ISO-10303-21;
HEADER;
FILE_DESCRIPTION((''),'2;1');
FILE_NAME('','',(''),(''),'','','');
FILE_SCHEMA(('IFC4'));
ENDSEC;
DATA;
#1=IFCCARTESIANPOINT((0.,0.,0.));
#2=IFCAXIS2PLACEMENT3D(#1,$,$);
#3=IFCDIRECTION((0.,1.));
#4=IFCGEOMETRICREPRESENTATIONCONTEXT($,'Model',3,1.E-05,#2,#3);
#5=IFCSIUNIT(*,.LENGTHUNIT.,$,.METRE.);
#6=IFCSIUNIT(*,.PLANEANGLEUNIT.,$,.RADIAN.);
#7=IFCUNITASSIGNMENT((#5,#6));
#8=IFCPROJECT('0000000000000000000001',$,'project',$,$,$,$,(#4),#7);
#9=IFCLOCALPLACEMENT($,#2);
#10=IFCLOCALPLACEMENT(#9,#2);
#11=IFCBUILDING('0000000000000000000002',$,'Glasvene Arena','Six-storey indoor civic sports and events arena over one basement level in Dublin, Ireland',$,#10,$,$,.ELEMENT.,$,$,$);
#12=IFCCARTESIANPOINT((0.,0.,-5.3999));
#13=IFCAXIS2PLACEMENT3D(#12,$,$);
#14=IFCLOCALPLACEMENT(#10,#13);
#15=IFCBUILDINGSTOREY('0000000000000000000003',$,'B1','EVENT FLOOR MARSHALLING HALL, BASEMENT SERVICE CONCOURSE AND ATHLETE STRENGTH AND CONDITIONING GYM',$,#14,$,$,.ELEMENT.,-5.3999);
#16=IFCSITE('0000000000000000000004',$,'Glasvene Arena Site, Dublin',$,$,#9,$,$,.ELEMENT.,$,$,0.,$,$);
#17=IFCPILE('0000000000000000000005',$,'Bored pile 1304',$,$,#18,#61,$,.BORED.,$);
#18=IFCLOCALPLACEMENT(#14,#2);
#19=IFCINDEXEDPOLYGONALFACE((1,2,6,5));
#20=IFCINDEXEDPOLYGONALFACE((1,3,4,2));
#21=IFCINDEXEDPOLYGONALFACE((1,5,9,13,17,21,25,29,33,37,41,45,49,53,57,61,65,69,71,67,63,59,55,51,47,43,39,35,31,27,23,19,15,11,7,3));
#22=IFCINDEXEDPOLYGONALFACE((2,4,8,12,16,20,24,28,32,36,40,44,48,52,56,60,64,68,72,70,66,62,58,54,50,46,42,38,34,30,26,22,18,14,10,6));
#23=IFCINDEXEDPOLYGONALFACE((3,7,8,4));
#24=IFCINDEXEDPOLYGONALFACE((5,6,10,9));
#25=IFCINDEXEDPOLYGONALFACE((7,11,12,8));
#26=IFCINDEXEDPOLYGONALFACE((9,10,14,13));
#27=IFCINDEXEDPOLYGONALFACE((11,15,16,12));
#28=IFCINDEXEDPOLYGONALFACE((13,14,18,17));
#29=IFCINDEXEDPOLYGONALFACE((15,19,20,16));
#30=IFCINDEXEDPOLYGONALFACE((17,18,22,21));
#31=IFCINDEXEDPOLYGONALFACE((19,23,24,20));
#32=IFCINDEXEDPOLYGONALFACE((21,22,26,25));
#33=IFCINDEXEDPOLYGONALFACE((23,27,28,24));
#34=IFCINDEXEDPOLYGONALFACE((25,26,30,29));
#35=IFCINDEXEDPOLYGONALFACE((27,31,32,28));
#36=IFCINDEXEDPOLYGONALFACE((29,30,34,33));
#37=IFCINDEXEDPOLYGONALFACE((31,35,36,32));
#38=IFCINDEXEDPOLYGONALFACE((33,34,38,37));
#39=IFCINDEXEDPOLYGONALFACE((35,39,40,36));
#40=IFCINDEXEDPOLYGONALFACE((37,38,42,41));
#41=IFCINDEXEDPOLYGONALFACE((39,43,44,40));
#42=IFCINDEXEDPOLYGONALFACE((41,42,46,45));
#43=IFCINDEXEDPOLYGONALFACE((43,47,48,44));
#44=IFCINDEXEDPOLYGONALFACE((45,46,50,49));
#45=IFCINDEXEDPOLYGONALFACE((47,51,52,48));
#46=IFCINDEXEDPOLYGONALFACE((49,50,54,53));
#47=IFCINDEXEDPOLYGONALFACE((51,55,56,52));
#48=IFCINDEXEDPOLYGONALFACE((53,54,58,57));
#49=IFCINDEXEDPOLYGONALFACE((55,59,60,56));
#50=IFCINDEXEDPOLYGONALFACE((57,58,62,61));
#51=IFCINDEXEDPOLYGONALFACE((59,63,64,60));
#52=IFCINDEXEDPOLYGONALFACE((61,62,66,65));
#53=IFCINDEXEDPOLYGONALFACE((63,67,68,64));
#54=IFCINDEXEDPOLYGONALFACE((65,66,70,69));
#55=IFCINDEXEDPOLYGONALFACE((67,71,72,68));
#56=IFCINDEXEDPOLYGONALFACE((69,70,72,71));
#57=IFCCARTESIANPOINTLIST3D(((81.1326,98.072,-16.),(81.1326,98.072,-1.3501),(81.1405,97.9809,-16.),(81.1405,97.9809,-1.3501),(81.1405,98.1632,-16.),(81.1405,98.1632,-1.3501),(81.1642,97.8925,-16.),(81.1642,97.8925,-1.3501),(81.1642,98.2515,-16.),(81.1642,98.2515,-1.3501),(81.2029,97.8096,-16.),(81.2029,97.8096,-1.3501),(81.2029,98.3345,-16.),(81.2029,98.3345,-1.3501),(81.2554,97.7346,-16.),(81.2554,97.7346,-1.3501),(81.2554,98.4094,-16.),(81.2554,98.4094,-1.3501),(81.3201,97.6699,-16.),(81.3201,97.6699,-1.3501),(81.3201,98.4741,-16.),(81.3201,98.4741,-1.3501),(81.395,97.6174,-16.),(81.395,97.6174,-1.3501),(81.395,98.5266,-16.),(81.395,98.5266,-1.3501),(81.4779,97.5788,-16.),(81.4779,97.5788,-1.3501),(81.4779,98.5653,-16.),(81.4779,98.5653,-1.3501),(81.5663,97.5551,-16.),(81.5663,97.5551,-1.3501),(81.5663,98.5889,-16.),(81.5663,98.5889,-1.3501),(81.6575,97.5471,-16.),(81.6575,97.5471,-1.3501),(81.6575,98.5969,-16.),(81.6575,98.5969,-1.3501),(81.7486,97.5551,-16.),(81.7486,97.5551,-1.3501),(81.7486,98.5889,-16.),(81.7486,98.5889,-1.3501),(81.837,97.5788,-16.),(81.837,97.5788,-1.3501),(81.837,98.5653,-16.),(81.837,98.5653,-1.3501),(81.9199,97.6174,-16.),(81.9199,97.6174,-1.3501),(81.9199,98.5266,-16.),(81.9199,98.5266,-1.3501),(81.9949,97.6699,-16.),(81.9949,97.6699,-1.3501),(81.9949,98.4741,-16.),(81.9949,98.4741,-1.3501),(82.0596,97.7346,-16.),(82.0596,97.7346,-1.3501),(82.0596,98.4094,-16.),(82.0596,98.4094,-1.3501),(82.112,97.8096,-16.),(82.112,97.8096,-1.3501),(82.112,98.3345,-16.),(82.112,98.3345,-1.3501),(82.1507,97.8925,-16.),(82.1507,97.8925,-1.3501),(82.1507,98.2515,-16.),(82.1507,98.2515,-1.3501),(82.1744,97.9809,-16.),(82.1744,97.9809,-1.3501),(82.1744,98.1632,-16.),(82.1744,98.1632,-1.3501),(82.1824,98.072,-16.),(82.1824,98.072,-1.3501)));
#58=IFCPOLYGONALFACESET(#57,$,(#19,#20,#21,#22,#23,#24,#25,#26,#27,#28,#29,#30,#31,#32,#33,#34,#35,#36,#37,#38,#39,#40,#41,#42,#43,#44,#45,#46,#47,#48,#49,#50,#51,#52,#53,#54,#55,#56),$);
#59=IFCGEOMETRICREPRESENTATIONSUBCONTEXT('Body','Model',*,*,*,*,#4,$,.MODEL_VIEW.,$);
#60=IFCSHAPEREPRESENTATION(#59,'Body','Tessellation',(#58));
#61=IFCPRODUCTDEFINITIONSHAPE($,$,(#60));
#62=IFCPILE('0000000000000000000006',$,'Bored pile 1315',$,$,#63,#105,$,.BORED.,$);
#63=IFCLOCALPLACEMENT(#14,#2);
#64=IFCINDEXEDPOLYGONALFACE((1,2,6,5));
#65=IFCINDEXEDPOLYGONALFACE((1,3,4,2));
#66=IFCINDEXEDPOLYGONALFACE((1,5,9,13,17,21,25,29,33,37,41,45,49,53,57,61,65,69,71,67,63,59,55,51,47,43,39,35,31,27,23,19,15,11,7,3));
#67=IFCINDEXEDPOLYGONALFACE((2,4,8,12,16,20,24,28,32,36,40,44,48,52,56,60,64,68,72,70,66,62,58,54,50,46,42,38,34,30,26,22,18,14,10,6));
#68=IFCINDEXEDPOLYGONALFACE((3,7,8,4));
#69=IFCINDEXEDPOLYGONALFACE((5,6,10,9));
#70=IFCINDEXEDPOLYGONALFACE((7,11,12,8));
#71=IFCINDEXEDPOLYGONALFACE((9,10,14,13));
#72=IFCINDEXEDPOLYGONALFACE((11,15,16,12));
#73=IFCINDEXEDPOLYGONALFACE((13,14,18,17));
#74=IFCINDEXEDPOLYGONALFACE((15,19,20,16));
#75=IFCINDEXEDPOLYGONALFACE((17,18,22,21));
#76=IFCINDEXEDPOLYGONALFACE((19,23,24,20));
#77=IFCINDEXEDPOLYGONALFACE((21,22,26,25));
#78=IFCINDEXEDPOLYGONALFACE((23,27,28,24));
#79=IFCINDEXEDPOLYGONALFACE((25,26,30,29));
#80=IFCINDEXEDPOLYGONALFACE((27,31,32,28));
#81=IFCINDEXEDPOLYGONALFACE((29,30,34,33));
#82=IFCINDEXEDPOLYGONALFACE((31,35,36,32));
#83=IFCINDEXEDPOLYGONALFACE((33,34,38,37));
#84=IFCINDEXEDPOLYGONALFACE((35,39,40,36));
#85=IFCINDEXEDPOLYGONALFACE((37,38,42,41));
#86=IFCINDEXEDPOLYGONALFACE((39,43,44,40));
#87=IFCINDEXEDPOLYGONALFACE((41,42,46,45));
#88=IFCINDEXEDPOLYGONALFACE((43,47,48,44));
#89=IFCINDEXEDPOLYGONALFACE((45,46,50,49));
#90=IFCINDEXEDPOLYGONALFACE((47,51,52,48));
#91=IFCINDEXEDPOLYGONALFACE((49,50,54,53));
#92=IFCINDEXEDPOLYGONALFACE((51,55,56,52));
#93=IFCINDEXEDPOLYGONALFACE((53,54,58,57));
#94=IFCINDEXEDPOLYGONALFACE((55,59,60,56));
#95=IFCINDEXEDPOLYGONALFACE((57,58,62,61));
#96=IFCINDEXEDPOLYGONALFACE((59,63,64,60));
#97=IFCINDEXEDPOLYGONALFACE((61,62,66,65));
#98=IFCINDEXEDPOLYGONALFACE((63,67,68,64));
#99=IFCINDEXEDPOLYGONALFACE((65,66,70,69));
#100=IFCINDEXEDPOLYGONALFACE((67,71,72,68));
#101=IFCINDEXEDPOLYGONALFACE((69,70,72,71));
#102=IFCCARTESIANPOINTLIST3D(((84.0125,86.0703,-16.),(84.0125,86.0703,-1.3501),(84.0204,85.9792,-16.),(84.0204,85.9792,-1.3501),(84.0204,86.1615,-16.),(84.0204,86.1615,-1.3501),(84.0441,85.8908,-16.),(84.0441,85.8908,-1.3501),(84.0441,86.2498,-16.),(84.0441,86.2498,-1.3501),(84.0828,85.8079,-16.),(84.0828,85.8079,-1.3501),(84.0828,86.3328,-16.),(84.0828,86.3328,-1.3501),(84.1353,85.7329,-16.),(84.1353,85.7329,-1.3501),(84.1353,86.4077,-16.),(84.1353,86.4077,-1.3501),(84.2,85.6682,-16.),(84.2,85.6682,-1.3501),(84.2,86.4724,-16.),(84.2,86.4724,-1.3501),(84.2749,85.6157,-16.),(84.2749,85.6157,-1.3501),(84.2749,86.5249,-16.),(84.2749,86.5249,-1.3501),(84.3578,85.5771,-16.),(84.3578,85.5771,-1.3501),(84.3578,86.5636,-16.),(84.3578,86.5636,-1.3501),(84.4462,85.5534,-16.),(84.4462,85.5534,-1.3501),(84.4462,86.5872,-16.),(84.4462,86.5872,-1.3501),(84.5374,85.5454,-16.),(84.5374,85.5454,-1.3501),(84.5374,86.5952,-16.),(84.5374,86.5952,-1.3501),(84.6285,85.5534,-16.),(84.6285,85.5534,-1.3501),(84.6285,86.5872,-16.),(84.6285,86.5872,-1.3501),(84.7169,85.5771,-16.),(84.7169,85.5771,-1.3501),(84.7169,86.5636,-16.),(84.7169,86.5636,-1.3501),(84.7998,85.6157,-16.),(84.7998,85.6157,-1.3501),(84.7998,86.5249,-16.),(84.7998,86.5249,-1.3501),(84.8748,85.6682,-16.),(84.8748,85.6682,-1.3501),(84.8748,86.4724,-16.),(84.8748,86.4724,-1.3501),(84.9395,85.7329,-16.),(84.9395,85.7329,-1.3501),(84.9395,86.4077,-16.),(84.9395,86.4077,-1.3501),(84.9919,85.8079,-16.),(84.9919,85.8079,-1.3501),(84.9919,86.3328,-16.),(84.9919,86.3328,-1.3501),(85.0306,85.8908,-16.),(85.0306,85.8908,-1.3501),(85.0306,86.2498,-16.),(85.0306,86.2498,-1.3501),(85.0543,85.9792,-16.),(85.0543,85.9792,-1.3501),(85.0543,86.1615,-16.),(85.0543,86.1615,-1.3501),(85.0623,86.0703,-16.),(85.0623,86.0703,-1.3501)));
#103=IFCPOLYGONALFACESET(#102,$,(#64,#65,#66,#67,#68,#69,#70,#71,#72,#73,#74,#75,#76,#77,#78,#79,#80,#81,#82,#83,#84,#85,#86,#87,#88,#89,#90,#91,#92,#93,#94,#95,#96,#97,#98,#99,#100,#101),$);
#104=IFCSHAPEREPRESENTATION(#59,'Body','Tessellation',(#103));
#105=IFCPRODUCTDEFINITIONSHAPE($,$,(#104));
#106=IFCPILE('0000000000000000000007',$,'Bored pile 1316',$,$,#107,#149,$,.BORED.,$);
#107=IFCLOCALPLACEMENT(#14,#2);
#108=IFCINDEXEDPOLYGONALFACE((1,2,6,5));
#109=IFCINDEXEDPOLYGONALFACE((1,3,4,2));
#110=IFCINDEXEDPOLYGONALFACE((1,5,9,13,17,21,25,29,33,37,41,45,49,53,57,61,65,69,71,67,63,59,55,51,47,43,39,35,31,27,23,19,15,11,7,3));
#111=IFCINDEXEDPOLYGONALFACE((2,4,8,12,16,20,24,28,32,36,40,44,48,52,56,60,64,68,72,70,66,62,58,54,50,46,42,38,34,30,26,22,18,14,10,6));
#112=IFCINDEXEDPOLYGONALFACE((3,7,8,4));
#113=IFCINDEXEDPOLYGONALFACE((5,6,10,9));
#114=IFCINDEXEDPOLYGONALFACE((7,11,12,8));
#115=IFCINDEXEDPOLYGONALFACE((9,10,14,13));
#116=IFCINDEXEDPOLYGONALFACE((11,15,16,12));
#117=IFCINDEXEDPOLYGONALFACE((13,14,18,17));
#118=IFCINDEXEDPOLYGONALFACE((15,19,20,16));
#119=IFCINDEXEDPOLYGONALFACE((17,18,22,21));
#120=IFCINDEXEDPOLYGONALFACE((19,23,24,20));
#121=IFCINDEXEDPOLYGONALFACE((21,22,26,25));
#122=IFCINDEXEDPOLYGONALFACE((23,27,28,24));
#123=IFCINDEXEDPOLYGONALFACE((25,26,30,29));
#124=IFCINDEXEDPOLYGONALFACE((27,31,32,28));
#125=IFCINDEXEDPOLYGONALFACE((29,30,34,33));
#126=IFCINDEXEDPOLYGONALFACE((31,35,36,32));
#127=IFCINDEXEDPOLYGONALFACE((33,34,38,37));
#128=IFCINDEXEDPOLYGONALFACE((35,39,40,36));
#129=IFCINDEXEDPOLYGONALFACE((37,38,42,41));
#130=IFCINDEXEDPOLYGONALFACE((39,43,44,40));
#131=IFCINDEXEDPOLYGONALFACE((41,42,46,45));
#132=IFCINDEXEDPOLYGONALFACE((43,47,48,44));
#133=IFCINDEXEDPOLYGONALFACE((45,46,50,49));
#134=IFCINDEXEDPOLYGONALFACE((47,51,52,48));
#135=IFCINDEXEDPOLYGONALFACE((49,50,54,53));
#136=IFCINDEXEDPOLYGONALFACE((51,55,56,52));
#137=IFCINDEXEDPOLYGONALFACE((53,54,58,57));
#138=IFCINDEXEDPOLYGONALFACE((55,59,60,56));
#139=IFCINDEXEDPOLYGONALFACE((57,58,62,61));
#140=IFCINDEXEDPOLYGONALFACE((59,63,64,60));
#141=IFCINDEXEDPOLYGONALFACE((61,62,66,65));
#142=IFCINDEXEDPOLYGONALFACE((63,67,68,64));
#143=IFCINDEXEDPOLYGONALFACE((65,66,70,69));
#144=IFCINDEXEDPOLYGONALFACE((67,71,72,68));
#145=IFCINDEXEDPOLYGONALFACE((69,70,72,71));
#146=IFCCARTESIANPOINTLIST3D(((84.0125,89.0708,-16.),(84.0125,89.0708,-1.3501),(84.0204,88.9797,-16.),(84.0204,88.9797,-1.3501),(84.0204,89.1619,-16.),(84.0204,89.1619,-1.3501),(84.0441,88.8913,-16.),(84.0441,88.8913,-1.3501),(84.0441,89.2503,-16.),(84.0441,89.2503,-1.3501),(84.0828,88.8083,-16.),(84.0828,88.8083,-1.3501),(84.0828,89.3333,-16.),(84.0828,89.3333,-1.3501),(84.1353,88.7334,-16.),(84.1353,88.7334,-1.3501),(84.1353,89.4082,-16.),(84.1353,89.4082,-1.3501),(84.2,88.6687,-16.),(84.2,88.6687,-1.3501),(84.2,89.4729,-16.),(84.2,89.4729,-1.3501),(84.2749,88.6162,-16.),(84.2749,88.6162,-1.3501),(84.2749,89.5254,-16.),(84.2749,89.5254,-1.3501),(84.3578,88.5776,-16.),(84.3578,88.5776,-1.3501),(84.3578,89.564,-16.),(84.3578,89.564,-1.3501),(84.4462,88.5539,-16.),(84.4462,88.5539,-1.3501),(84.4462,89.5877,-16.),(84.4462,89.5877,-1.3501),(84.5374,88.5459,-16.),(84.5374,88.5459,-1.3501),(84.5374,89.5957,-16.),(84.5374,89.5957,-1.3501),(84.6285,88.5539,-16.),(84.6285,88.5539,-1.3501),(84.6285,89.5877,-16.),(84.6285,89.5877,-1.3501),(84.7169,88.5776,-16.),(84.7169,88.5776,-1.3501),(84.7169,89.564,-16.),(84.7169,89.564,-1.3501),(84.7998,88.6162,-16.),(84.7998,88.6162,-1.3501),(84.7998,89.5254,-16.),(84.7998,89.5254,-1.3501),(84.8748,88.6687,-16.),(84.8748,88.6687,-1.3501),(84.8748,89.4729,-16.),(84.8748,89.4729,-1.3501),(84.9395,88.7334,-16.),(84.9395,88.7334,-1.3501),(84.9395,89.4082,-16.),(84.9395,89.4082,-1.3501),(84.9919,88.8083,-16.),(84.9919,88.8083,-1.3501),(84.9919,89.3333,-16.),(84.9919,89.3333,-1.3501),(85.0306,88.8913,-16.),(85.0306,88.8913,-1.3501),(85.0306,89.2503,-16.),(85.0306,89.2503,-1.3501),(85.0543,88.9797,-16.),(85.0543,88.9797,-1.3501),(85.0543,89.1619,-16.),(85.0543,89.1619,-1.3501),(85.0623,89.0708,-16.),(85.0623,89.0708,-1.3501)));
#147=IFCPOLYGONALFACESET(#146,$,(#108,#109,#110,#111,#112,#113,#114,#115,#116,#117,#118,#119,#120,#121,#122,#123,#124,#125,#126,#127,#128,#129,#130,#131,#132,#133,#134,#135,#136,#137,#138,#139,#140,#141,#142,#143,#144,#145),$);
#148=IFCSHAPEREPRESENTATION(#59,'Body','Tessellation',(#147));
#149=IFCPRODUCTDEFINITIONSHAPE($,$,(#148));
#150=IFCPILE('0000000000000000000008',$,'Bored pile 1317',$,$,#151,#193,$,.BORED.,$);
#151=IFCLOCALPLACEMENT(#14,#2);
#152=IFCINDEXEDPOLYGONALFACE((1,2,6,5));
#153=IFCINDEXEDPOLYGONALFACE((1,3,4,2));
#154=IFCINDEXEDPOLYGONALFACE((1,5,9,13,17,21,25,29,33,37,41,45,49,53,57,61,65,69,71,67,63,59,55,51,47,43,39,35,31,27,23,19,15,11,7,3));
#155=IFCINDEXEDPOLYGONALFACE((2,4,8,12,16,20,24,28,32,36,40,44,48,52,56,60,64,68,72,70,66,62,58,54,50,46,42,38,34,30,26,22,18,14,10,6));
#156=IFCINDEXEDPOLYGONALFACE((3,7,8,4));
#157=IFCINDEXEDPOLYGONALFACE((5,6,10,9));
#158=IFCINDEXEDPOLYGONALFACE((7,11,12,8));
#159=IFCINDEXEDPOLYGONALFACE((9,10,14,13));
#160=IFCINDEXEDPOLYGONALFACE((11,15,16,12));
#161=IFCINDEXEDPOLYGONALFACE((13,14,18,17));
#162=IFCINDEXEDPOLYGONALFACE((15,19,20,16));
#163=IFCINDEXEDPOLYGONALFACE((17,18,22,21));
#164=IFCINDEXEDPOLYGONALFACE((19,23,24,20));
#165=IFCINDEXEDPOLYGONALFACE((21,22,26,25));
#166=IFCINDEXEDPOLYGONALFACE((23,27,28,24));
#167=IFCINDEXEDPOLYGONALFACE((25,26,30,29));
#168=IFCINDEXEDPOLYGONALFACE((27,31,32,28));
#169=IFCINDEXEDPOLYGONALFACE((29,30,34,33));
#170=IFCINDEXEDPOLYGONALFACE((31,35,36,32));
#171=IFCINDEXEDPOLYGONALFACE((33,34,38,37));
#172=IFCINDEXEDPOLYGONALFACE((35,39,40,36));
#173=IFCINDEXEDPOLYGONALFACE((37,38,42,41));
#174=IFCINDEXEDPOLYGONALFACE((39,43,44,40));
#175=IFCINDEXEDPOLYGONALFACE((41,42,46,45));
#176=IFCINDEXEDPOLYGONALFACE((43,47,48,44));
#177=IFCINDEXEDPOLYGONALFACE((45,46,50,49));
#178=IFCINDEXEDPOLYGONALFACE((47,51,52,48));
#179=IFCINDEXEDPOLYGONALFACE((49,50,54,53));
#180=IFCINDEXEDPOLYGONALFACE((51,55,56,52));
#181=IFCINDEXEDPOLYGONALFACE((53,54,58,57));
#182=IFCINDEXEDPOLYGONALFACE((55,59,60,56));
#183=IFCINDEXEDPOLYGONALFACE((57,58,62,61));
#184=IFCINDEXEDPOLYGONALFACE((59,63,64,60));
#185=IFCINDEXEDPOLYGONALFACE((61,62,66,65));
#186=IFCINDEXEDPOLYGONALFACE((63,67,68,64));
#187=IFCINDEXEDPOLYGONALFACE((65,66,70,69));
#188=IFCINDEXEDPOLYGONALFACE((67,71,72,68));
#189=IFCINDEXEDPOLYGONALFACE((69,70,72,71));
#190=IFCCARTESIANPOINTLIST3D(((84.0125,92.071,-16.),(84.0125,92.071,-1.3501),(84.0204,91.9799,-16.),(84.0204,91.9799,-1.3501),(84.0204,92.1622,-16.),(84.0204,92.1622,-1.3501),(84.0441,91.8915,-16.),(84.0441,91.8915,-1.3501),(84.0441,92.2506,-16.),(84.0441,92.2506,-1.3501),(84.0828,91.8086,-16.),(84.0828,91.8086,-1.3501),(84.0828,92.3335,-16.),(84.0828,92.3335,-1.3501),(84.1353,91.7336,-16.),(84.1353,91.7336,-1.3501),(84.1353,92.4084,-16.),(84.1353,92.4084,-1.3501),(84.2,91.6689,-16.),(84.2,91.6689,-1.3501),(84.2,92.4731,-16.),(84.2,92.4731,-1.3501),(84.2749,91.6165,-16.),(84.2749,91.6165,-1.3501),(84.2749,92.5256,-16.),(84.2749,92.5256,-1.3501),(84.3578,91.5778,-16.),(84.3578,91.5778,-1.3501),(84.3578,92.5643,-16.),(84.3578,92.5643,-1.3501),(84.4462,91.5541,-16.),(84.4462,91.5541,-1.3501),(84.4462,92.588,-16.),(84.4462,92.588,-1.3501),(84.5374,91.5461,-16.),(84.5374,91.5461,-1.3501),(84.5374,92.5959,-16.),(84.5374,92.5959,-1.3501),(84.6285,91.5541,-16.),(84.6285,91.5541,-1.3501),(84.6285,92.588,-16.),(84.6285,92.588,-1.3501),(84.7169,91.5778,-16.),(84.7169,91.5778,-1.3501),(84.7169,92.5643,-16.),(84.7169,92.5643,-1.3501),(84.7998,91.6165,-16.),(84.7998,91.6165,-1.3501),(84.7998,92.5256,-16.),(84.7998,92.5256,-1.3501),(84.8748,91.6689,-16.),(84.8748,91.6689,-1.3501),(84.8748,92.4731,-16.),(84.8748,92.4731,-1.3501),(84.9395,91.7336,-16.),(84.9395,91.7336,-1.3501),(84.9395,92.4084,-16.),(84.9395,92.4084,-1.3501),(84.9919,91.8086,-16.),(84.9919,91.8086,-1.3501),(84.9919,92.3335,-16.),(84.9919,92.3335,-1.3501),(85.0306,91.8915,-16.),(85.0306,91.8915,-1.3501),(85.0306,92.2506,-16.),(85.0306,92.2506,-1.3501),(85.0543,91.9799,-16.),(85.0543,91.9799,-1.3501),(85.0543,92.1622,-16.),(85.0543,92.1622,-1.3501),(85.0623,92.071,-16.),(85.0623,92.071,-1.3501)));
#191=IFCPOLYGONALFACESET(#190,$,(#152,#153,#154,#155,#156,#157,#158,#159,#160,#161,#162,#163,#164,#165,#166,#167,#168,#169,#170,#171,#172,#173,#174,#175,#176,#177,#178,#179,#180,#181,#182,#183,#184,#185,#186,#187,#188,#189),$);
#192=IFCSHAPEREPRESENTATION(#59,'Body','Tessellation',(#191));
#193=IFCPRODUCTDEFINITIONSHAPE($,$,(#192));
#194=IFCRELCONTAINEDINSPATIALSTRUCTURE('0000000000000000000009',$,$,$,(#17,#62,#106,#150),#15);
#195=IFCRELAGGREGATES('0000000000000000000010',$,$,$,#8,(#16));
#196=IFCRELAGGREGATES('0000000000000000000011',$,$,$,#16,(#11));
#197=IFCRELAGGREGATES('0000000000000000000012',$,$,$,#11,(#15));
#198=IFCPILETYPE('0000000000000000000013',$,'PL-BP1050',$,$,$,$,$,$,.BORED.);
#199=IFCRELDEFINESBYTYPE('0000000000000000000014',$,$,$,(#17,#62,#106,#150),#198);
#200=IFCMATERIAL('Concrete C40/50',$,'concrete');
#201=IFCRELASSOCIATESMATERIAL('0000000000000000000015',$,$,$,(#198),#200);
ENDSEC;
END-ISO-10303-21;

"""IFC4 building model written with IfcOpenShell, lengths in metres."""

from ifc_helpers import new_model, si_unit, direction, frame, origin, origin_2d, place, context, subcontext, project, spatial, circle, extrude, material, material_profile, profile_set, type_object, element, save


model = new_model("IFC4")

# Units and contexts
model_context = context("Model", 3, precision=1e-05, world=origin(), true_north=direction((0.0, 1.0)))
body_context = subcontext(model_context, "Body", "Model", "MODEL_VIEW")
ifc_project = project(units=[si_unit("LENGTHUNIT", "METRE"), si_unit("PLANEANGLEUNIT", "RADIAN")], contexts=[model_context])

# Site, building, storey
site_placement = place(None, origin())
site = spatial("IfcSite", under=ifc_project, at=site_placement, Name="Glasvene Arena Site, Dublin", CompositionType="ELEMENT", RefElevation=0.0)
building_placement = place(site_placement, origin())
building = spatial("IfcBuilding", under=site, at=building_placement, Name="Glasvene Arena", Description="Six-storey indoor civic sports and events arena over one basement level in Dublin, Ireland", CompositionType="ELEMENT")
storey_placement = place(building_placement, frame((0.0, 0.0, -5.3999)))
storey = spatial("IfcBuildingStorey", under=building, at=storey_placement, Name="B1", Description="EVENT FLOOR MARSHALLING HALL, BASEMENT SERVICE CONCOURSE AND ATHLETE STRENGTH AND CONDITIONING GYM", CompositionType="ELEMENT", Elevation=-5.3999)

# Piles
ifc_material_1 = material(Name="Concrete C40/50", Category="concrete")
ifc_material_profile_1 = material_profile(ifc_material_1, circle(Radius=0.5249, at=origin_2d()), Name="BORED PILE 1050")
ifc_profile_set_1 = profile_set([ifc_material_profile_1], Name="Concrete C40/50")
pile_type_1 = type_object("IfcPileType", Name="PL-BP1050", PredefinedType="BORED", material=ifc_profile_set_1)
for number, where, z_axis, x_axis, name in (
    (1, (81.6575, 98.072, -1.3501), (0.0, 0.0, -1.0), (1.0, 0.0, 0.0), "Bored pile 1304"),
    (2, (84.5374, 86.0703, -1.3501), (0.0, 0.0, -1.0), (1.0, 0.0, 0.0), "Bored pile 1315"),
    (3, (84.5374, 89.0708, -1.3501), (0.0, 0.0, -1.0), (1.0, 0.0, 0.0), "Bored pile 1316"),
    (4, (84.5374, 92.071, -1.3501), (0.0, 0.0, -1.0), (1.0, 0.0, 0.0), "Bored pile 1317"),
):
    element("IfcPile", number, at=place(storey_placement, frame(where, z_axis=z_axis, x_axis=x_axis)), inside=storey, type_object=pile_type_1, Name=name, PredefinedType="BORED", context=body_context, shape_type="SweptSolid", body=[
        extrude(circle(Radius=0.5249, at=origin_2d()), origin(), (0.0, 0.0, 1.0), 14.6499),
    ])

save(model, "model.ifc")
